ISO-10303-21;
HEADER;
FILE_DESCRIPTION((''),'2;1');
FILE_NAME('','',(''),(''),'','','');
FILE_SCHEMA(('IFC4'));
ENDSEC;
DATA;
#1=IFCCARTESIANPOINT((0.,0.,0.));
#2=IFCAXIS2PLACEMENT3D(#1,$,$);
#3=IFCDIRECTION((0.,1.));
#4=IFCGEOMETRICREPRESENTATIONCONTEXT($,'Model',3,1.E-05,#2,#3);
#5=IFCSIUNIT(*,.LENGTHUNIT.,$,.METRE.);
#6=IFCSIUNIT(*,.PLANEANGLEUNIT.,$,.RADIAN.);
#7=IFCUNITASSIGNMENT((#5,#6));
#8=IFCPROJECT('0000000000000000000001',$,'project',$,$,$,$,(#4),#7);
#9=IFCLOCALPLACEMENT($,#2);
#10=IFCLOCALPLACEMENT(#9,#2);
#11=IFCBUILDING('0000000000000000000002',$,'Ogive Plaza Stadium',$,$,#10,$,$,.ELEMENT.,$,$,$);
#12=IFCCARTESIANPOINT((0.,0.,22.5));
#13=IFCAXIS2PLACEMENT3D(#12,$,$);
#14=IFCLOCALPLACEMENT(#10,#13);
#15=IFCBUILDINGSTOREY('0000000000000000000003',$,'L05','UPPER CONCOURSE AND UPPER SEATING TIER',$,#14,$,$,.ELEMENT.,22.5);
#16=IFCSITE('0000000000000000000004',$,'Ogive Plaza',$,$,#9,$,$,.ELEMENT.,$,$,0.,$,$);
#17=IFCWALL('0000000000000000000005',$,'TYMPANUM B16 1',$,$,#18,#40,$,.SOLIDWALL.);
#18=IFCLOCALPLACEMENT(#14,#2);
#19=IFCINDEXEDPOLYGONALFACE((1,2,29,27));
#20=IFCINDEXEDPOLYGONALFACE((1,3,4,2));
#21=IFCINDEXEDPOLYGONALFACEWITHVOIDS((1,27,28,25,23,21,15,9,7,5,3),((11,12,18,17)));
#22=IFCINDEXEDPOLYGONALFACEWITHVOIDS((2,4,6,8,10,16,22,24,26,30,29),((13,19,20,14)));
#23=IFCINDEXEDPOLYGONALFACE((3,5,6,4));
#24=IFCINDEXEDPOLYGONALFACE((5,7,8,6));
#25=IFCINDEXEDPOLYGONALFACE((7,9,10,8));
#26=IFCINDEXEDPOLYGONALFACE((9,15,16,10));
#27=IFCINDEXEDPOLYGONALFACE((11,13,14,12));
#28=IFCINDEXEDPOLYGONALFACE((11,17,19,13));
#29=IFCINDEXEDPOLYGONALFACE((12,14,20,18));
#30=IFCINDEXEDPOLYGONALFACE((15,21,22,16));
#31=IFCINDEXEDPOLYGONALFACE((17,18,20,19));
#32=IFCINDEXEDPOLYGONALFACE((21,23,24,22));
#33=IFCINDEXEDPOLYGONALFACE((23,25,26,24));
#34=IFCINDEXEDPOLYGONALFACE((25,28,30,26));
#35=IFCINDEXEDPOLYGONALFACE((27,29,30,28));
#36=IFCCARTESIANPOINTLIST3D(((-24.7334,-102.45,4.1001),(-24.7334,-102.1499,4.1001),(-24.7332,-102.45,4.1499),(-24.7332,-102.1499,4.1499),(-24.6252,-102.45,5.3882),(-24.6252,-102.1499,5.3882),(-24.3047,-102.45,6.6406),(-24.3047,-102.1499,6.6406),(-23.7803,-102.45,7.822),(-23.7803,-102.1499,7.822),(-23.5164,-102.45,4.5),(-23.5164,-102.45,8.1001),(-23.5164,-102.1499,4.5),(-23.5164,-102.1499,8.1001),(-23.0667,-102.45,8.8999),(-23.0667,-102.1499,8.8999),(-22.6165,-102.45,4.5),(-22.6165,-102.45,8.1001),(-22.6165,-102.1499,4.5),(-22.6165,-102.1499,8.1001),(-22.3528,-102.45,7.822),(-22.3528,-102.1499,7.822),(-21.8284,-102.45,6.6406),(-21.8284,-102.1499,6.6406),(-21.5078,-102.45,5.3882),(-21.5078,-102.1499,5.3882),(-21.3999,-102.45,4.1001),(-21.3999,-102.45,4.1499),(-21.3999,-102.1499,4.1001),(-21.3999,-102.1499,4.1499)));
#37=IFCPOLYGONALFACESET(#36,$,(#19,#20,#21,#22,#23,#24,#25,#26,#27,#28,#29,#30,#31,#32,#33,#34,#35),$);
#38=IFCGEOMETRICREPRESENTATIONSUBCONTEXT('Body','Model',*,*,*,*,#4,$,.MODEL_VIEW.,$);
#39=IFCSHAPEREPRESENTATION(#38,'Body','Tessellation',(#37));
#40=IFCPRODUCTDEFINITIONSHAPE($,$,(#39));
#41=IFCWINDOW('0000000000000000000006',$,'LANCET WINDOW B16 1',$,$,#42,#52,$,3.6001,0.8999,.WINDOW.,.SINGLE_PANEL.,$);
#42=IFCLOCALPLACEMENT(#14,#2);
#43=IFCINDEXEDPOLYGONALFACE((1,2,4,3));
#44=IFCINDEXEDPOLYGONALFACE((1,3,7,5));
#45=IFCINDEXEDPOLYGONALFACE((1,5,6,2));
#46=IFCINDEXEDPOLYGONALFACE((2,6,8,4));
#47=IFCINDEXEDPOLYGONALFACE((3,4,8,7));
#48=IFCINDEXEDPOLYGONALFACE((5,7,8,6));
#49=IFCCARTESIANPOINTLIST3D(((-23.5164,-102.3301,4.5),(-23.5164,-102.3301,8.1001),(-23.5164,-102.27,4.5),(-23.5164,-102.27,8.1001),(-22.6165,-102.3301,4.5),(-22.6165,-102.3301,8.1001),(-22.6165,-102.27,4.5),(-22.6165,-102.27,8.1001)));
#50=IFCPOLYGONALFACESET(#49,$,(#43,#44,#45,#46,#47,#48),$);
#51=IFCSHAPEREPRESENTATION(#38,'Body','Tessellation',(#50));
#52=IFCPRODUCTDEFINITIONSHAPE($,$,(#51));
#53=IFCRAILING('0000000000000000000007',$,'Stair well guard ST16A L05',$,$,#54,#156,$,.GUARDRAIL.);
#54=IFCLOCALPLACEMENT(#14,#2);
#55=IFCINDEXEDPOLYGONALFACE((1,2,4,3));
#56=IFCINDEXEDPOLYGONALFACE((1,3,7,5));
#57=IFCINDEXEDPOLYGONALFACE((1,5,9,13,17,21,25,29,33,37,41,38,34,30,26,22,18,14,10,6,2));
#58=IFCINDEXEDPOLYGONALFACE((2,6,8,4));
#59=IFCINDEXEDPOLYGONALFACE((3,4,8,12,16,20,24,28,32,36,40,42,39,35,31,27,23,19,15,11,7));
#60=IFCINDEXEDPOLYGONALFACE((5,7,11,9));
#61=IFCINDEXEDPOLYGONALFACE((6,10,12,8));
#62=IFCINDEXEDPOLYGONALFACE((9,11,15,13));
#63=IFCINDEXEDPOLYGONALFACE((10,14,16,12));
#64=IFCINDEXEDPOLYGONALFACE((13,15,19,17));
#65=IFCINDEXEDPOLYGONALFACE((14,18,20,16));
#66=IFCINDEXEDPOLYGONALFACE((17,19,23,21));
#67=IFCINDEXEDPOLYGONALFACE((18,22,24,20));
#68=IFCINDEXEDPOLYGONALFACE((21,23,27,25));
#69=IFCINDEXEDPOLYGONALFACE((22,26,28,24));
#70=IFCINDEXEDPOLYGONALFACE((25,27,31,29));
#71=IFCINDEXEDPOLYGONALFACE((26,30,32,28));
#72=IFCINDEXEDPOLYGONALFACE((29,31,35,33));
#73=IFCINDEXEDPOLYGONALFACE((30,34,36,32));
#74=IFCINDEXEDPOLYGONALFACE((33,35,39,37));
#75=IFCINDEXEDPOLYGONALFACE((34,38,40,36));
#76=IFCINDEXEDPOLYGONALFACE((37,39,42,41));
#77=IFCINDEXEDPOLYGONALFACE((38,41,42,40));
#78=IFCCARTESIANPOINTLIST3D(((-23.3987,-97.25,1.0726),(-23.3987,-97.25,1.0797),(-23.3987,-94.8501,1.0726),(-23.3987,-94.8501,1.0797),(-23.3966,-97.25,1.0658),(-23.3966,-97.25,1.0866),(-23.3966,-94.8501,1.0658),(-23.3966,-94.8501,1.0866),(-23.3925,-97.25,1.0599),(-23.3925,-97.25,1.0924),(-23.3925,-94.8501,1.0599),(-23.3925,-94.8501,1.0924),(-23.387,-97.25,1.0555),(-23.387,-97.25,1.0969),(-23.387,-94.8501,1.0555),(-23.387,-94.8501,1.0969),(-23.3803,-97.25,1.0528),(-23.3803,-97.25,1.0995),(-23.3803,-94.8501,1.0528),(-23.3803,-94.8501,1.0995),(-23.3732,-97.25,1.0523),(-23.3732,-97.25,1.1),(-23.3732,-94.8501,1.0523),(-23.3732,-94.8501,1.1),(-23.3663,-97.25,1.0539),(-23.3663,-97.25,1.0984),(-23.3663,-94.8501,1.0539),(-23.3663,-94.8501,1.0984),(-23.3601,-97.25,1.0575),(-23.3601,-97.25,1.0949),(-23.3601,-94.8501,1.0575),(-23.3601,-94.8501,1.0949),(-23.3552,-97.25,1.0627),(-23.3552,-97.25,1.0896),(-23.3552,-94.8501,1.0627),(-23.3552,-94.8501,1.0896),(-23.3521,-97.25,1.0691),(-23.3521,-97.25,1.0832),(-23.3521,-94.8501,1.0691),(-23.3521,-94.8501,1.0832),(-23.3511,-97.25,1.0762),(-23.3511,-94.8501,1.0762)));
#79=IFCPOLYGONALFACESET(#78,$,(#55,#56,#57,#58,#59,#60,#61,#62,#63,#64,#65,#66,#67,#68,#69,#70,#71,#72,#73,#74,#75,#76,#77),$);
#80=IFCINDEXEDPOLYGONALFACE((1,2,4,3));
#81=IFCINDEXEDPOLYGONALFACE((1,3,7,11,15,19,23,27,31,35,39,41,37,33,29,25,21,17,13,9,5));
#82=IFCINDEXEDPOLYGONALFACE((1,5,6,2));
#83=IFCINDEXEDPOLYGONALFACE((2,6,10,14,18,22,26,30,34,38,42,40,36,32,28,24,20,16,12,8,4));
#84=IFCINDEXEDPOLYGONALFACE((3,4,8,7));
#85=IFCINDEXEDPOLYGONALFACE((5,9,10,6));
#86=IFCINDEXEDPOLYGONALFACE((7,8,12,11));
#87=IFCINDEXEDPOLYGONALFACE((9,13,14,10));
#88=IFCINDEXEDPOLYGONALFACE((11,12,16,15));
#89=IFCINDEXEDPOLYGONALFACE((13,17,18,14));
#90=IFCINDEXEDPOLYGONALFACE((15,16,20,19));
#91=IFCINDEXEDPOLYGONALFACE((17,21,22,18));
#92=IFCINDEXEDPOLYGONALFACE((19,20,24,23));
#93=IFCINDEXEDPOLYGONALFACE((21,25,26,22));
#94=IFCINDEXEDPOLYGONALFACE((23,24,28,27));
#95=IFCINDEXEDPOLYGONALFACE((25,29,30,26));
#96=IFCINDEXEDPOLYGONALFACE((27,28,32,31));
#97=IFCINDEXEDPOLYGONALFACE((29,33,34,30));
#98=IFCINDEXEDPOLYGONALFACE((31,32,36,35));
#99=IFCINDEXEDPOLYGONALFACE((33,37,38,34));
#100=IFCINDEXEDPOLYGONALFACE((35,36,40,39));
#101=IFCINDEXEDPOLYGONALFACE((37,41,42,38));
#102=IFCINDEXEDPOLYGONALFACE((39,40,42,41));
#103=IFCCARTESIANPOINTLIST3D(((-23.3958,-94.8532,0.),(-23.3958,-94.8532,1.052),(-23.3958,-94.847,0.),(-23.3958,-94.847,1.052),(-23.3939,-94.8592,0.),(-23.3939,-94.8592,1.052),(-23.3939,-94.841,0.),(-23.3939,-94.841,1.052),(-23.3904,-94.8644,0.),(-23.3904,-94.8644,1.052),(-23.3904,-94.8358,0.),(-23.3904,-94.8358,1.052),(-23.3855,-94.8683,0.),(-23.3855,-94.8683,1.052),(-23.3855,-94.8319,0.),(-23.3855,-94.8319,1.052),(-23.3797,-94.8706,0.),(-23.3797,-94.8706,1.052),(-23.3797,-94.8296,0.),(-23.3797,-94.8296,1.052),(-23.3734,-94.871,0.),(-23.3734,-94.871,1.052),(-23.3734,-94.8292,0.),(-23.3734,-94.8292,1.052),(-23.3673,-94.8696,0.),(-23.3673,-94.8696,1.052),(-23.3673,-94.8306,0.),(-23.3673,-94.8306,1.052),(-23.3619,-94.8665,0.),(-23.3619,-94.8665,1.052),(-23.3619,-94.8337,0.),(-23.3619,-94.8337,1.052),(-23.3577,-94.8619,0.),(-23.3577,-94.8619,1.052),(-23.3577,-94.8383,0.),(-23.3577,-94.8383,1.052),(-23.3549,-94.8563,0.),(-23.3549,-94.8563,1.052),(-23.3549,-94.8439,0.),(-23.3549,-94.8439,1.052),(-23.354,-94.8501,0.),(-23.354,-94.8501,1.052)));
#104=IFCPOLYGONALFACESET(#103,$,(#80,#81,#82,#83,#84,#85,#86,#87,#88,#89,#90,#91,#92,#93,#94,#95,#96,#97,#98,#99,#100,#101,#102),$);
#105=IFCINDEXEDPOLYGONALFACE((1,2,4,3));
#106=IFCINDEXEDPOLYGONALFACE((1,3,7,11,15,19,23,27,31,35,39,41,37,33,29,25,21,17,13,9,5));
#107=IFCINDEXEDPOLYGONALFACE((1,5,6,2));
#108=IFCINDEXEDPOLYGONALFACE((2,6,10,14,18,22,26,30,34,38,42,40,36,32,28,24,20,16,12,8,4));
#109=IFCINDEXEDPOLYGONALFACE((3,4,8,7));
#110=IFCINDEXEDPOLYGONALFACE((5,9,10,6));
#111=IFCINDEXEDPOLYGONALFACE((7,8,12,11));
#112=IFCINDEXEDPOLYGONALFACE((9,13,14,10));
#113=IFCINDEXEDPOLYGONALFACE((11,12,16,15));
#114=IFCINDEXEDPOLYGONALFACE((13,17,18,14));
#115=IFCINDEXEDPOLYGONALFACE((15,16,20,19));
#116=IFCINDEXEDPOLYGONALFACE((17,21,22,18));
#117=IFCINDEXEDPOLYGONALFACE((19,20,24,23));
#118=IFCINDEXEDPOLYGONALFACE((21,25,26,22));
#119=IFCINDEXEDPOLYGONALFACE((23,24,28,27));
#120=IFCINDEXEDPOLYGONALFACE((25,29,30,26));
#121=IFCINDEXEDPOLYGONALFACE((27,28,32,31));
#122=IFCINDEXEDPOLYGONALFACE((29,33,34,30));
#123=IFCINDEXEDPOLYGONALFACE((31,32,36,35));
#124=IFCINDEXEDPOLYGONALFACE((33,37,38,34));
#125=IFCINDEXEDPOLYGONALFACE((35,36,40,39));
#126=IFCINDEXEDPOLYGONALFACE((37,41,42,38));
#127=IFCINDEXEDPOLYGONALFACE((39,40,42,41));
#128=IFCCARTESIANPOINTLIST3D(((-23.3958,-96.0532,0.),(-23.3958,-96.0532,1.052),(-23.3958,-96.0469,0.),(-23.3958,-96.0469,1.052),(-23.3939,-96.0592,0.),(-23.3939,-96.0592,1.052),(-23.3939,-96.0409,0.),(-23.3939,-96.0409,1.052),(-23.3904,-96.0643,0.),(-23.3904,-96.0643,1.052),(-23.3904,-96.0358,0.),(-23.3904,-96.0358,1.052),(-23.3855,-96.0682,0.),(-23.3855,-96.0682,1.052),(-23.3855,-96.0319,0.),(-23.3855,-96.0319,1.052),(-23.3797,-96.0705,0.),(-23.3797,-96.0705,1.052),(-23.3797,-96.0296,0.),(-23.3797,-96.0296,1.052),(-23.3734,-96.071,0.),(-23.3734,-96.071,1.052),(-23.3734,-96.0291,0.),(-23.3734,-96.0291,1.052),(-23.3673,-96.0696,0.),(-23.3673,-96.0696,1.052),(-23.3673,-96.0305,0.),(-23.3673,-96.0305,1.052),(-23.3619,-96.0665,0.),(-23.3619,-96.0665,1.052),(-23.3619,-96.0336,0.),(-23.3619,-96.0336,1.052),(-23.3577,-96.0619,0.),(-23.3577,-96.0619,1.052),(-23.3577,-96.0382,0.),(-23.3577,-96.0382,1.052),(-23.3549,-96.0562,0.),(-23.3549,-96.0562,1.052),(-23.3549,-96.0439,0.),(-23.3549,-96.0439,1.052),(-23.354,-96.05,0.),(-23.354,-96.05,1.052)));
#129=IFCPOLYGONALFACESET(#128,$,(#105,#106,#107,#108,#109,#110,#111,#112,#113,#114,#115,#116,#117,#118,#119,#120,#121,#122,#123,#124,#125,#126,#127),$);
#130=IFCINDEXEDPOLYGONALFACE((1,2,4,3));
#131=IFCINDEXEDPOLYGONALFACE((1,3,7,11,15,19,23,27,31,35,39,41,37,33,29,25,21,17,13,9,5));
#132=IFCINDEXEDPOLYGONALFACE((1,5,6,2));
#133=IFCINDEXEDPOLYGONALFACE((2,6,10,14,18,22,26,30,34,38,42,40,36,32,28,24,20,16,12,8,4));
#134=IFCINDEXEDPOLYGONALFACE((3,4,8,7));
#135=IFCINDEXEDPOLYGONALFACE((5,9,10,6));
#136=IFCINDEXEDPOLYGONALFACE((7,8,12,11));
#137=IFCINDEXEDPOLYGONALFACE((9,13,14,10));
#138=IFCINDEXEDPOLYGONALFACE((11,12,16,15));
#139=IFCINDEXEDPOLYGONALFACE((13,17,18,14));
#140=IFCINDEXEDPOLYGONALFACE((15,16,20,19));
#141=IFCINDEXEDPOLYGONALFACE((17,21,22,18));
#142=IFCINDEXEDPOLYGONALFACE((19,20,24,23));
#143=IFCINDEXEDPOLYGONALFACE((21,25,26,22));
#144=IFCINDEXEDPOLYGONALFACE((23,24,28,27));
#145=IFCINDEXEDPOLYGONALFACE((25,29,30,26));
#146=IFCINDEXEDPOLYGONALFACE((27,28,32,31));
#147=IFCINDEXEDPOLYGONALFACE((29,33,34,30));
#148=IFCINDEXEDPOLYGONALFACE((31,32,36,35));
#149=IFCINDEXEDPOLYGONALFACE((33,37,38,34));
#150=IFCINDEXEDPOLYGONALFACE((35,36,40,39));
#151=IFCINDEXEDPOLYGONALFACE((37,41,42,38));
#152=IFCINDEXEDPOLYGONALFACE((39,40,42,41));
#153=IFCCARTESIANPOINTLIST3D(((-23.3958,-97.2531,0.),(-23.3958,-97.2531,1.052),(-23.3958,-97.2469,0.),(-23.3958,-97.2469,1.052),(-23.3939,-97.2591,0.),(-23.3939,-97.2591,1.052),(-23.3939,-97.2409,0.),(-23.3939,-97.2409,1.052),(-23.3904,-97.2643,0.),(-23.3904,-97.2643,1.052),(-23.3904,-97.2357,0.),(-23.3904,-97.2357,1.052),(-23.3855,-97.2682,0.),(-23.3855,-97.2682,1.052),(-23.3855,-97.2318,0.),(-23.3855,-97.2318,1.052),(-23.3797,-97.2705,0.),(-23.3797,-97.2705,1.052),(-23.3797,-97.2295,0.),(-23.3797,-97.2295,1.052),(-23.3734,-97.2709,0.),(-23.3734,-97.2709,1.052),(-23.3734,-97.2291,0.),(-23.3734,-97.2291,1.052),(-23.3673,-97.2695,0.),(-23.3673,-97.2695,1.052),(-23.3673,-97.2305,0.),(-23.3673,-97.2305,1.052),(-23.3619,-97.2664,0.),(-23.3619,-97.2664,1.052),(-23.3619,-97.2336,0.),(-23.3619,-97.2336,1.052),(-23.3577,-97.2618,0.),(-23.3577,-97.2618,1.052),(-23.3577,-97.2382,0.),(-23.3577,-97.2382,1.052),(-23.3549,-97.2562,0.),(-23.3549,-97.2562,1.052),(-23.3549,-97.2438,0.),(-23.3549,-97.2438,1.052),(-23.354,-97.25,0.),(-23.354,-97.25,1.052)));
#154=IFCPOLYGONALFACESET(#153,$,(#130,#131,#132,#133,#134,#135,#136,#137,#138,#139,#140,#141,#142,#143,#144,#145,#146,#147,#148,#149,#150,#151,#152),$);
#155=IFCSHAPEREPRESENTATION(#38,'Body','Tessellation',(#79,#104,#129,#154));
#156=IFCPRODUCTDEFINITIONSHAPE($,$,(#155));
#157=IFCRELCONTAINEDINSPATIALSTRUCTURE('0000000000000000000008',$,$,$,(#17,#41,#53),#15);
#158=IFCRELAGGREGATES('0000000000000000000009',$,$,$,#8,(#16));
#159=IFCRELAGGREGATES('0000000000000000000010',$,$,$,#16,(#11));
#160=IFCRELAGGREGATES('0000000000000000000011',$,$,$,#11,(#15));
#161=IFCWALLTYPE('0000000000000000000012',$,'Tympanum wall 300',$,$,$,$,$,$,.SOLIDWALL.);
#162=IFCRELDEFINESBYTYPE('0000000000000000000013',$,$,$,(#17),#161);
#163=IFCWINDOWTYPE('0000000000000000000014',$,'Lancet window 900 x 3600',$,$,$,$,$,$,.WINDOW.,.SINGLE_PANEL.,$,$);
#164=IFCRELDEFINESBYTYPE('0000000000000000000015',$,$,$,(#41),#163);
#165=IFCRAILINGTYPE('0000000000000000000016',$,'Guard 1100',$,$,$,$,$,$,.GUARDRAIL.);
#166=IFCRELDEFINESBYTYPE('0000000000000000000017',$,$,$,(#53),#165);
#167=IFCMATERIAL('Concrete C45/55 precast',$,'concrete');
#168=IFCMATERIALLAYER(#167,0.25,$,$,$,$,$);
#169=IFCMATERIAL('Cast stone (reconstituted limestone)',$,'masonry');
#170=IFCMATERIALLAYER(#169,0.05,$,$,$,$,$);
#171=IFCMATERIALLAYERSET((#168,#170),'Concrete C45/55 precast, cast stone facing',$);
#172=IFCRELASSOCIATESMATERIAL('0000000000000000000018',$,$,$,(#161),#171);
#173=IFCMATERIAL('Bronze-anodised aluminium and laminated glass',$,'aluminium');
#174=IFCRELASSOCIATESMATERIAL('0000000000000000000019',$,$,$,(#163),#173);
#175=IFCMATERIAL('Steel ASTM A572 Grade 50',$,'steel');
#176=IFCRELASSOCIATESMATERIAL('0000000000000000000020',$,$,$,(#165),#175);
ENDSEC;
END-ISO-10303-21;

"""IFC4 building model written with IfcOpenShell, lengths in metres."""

from ifc_helpers import new_model, si_unit, direction, frame, frame_2d, origin, origin_2d, place, context, subcontext, project, spatial, polyline, rectangle, circle, outline, extrude, material, layer, layer_set, type_object, element, fill, save


model = new_model("IFC4")

# Units and contexts
model_context = context("Model", 3, precision=1e-05, world=origin(), true_north=direction((0.0, 1.0)))
body_context = subcontext(model_context, "Body", "Model", "MODEL_VIEW")
ifc_project = project(units=[si_unit("LENGTHUNIT", "METRE"), si_unit("PLANEANGLEUNIT", "RADIAN")], contexts=[model_context])

# Site, building, storey
site_placement = place(None, origin())
site = spatial("IfcSite", under=ifc_project, at=site_placement, Name="Ogive Plaza", CompositionType="ELEMENT", RefElevation=0.0)
building_placement = place(site_placement, origin())
building = spatial("IfcBuilding", under=site, at=building_placement, Name="Ogive Plaza Stadium", CompositionType="ELEMENT")
storey_placement = place(building_placement, frame((0.0, 0.0, 22.5)))
storey = spatial("IfcBuildingStorey", under=building, at=storey_placement, Name="L05", Description="UPPER CONCOURSE AND UPPER SEATING TIER", CompositionType="ELEMENT", Elevation=22.5)

# Wall, opening, window
ifc_material_1 = material(Name="Concrete C45/55 precast", Category="concrete")
ifc_layer_1 = layer(ifc_material_1, 0.25)
ifc_material_2 = material(Name="Cast stone (reconstituted limestone)", Category="masonry")
ifc_layer_2 = layer(ifc_material_2, 0.05)
ifc_layer_set_1 = layer_set([ifc_layer_1, ifc_layer_2], Name="Concrete C45/55 precast, cast stone facing")
wall_type_1 = type_object("IfcWallType", Name="Tympanum wall 300", PredefinedType="SOLIDWALL", material=ifc_layer_set_1)
wall_1_placement = place(storey_placement, frame((-21.3999, -102.3, 4.1001), z_axis=(0.0, 0.0, 1.0), x_axis=(-1.0, 0.0, 0.0)))
wall_1 = element("IfcWall", 1, at=wall_1_placement, inside=storey, type_object=wall_type_1, Name="TYMPANUM B16 1", PredefinedType="SOLIDWALL", context=body_context, shape_type="SweptSolid", body=[
    extrude(outline(polyline([(0.0, 0.0), (3.3335, 0.0), (3.3333, 0.0498), (3.2253, 1.2881), (2.9048, 2.5405), (2.3804, 3.7219), (1.6667, 4.7998), (0.9529, 3.7219), (0.4285, 2.5405), (0.1079, 1.2881), (0.0, 0.0498), (0.0, 0.0)])), frame((0.0, 0.1499, 0.0), z_axis=(0.0, -1.0, 0.0), x_axis=(1.0, 0.0, 0.0)), (0.0, 0.0, 1.0), 0.3),
])
opening_1_placement = place(wall_1_placement, frame((1.2166, 0.0, 0.3999)))
opening_1 = element("IfcOpeningElement", 2, at=opening_1_placement, cuts=wall_1, PredefinedType="OPENING", context=body_context, shape_type="SweptSolid", body=[
    extrude(rectangle(XDim=0.8999, YDim=3.6001, at=frame_2d((0.45, 1.8))), frame((0.0, 0.1602, 0.0), z_axis=(0.0, -1.0, 0.0), x_axis=(1.0, 0.0, 0.0)), (0.0, 0.0, 1.0), 0.3201),
])
ifc_material_3 = material(Name="Bronze-anodised aluminium and laminated glass", Category="aluminium")
window_type = type_object("IfcWindowType", Name="Lancet window 900 x 3600", PartitioningType="SINGLE_PANEL", PredefinedType="WINDOW", material=ifc_material_3)
window_placement = place(opening_1_placement, origin())
window = element("IfcWindow", 3, at=window_placement, inside=storey, type_object=window_type, Name="LANCET WINDOW B16 1", OverallHeight=3.6001, OverallWidth=0.8999, PartitioningType="SINGLE_PANEL", PredefinedType="WINDOW", context=body_context, shape_type="SweptSolid", body=[
    extrude(rectangle(XDim=0.8999, YDim=3.6001, at=frame_2d((0.45, 1.8))), frame((0.0, 0.03, 0.0), z_axis=(0.0, -1.0, 0.0), x_axis=(1.0, 0.0, 0.0)), (0.0, 0.0, 1.0), 0.0601),
])
fill(opening_1, window)

# Railing
ifc_material_4 = material(Name="Steel ASTM A572 Grade 50", Category="steel")
railing_type = type_object("IfcRailingType", Name="Guard 1100", PredefinedType="GUARDRAIL", material=ifc_material_4)
railing_1_placement = place(storey_placement, frame((-23.375, -94.8501, 0.0)))
element("IfcRailing", 4, at=railing_1_placement, inside=storey, type_object=railing_type, Name="Stair well guard ST16A L05", PredefinedType="GUARDRAIL", context=body_context, shape_type="SweptSolid", body=[
    extrude(circle(Radius=0.0239, at=origin_2d()), frame((0.0, 0.0, 1.0762), z_axis=(0.0, -1.0, 0.0), x_axis=(1.0, 0.0, 0.0)), (0.0, 0.0, 1.0), 2.3999),
    extrude(circle(Radius=0.021, at=origin_2d()), origin(), (0.0, 0.0, 1.0), 1.052),
    extrude(circle(Radius=0.021, at=origin_2d()), frame((0.0, -1.2, 0.0)), (0.0, 0.0, 1.0), 1.052),
    extrude(circle(Radius=0.021, at=origin_2d()), frame((0.0, -2.3999, 0.0)), (0.0, 0.0, 1.0), 1.052),
])

save(model, "model.ifc")
